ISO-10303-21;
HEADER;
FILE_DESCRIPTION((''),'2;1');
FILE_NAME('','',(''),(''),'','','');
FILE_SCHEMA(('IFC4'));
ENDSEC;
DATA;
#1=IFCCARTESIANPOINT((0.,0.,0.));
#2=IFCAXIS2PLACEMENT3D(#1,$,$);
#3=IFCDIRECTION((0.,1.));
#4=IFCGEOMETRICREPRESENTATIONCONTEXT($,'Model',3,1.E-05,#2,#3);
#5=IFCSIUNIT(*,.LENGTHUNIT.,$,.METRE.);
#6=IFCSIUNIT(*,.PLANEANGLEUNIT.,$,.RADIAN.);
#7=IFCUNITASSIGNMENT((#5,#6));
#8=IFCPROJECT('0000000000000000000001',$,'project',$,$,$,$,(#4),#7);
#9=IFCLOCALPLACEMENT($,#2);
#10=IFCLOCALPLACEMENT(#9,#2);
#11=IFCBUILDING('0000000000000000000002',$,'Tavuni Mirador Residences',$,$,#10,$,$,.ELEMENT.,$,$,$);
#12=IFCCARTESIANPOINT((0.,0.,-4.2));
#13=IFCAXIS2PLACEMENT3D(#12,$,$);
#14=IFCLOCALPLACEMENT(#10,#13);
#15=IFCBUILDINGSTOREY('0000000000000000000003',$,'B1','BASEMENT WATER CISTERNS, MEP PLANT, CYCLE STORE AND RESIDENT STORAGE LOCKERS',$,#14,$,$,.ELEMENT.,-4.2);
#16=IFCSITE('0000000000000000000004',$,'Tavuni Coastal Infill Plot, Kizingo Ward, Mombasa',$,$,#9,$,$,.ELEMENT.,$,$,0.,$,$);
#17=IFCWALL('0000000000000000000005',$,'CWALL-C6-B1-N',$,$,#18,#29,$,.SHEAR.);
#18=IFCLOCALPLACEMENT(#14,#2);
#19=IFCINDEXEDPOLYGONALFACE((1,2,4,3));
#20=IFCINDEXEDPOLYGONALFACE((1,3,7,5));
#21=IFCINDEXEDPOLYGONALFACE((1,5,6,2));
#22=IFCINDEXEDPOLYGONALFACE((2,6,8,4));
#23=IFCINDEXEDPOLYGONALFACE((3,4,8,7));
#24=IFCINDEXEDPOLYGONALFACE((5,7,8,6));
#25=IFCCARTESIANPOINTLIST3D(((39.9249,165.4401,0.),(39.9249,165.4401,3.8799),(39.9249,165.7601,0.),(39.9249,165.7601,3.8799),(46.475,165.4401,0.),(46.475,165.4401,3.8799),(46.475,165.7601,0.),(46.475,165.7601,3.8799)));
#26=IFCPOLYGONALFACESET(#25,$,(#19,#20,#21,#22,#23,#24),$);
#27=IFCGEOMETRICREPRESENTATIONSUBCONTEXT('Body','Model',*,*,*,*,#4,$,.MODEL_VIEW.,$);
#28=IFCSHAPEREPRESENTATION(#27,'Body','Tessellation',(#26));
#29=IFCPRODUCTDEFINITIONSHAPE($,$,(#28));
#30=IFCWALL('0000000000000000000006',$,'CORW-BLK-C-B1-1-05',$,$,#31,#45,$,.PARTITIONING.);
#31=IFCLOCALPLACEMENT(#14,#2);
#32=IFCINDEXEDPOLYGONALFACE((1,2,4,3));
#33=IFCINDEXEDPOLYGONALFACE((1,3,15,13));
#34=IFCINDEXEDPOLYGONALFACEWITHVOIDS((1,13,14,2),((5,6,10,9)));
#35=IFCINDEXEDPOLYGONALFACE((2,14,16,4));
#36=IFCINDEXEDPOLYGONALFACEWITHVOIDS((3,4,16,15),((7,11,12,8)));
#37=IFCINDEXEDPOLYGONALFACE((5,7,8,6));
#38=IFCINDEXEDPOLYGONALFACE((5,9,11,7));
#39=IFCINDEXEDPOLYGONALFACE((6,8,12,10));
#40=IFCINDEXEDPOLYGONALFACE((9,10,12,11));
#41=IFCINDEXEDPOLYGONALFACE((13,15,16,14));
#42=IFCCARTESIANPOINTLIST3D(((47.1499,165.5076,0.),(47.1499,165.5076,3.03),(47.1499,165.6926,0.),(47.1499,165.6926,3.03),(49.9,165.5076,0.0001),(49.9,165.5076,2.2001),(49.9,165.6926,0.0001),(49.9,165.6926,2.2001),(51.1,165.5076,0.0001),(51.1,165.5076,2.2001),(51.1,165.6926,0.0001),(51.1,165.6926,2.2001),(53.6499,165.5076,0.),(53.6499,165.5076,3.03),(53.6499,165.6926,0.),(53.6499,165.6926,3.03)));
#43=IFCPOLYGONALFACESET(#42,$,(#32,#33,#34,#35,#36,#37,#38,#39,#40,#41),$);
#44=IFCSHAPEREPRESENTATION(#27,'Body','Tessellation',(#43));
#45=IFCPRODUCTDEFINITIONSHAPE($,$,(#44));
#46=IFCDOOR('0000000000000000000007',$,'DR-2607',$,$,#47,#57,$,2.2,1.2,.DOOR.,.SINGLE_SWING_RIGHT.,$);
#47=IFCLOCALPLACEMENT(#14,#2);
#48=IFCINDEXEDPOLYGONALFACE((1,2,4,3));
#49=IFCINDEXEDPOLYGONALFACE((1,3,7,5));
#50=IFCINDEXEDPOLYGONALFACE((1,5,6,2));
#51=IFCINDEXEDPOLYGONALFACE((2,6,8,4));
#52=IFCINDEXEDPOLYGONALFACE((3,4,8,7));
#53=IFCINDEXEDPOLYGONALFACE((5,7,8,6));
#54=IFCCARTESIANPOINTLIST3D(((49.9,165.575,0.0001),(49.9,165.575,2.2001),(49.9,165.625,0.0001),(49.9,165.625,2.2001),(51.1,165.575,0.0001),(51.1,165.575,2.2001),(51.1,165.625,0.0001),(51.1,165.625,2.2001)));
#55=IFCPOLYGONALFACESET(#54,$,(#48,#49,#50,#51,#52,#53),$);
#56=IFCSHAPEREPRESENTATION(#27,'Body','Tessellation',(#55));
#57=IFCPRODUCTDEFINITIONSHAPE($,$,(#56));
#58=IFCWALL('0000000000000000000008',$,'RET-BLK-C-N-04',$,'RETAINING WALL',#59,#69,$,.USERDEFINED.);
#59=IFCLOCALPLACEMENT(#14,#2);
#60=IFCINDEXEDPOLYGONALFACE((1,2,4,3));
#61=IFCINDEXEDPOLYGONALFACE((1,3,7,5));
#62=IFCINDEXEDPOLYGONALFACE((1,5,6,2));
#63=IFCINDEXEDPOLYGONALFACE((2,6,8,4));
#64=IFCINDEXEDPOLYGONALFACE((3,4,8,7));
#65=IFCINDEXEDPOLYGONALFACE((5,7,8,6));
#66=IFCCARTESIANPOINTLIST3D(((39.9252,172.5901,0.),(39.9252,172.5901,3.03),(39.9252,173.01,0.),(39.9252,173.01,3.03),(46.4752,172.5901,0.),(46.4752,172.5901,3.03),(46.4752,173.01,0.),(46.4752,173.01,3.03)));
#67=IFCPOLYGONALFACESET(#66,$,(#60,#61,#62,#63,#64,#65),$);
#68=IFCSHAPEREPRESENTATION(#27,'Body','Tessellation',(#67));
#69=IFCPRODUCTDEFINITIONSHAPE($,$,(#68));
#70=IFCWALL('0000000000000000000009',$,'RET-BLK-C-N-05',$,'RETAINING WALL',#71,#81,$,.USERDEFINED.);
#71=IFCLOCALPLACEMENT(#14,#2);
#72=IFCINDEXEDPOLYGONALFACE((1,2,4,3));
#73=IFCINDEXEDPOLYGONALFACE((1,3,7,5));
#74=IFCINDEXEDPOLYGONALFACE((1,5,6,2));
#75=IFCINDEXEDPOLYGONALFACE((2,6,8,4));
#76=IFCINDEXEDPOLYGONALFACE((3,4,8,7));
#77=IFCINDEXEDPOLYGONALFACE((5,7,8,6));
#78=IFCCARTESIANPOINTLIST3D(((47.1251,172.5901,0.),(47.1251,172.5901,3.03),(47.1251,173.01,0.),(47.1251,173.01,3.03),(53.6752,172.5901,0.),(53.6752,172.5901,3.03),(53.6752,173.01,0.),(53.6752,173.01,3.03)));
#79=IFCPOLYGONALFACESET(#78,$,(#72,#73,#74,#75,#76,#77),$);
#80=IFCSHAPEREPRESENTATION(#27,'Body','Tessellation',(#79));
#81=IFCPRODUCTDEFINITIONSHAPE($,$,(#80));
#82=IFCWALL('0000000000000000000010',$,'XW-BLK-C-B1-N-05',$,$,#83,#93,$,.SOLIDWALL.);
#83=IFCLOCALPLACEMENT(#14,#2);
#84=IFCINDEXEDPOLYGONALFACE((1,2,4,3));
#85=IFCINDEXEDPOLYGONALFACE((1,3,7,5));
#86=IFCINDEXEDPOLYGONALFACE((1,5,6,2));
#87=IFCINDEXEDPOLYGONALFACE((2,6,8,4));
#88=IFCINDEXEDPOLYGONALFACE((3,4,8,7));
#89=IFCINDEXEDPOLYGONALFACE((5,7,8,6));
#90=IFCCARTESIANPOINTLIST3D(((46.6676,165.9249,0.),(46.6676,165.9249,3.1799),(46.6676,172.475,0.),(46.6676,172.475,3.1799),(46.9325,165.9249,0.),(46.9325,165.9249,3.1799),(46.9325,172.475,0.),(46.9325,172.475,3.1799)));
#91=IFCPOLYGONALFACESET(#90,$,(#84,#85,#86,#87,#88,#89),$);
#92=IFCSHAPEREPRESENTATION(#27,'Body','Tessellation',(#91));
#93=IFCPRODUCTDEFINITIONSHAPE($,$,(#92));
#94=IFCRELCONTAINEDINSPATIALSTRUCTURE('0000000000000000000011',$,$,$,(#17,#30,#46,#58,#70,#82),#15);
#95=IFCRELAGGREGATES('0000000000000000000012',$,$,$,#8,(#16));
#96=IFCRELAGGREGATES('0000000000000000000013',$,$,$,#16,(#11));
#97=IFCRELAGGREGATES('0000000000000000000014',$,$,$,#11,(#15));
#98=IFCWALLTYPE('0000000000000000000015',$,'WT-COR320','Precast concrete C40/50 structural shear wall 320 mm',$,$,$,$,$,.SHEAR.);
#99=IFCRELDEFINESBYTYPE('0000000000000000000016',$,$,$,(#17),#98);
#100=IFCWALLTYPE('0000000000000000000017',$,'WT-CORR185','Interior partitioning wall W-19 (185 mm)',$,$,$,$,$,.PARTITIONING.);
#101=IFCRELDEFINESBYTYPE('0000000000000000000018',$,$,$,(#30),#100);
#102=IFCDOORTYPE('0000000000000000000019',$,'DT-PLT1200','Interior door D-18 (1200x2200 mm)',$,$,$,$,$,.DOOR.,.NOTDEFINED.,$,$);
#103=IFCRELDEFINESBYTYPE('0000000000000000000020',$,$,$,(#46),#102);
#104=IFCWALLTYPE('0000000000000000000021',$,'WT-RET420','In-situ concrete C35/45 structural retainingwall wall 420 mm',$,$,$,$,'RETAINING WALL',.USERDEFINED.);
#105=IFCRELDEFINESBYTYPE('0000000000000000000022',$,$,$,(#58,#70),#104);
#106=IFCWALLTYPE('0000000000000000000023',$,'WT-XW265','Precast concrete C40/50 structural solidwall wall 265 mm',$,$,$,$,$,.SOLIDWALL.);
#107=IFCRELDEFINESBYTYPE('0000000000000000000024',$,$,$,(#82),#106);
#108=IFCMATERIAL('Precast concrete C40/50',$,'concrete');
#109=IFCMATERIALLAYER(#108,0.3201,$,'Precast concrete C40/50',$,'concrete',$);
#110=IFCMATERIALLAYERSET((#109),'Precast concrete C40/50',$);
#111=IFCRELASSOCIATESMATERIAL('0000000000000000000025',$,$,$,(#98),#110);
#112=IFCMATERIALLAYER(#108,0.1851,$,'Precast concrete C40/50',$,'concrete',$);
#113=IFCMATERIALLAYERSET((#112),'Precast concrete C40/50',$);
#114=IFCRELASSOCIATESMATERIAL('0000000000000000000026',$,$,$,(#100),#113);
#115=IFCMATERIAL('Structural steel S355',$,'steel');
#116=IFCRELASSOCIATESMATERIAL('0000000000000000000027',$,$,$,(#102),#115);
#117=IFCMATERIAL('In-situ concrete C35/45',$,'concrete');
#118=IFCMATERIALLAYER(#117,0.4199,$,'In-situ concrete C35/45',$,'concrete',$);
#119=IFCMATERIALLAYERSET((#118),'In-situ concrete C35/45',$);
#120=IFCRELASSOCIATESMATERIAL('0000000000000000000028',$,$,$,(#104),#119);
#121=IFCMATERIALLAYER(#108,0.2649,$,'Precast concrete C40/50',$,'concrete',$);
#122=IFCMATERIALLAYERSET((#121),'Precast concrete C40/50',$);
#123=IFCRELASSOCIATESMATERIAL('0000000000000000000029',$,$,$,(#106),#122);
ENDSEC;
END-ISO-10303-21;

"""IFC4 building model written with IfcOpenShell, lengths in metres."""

from ifc_helpers import new_model, si_unit, direction, frame, frame_2d, origin, place, context, subcontext, project, spatial, rectangle, extrude, material, layer, layer_set, type_object, element, fill, save


model = new_model("IFC4")

# Units and contexts
model_context = context("Model", 3, precision=1e-05, world=origin(), true_north=direction((0.0, 1.0)))
body_context = subcontext(model_context, "Body", "Model", "MODEL_VIEW")
ifc_project = project(units=[si_unit("LENGTHUNIT", "METRE"), si_unit("PLANEANGLEUNIT", "RADIAN")], contexts=[model_context])

# Site, building, storey
site_placement = place(None, origin())
site = spatial("IfcSite", under=ifc_project, at=site_placement, Name="Tavuni Coastal Infill Plot, Kizingo Ward, Mombasa", CompositionType="ELEMENT", RefElevation=0.0)
building_placement = place(site_placement, origin())
building = spatial("IfcBuilding", under=site, at=building_placement, Name="Tavuni Mirador Residences", CompositionType="ELEMENT")
storey_placement = place(building_placement, frame((0.0, 0.0, -4.2)))
storey = spatial("IfcBuildingStorey", under=building, at=storey_placement, Name="B1", Description="BASEMENT WATER CISTERNS, MEP PLANT, CYCLE STORE AND RESIDENT STORAGE LOCKERS", CompositionType="ELEMENT", Elevation=-4.2)

# Shared definitions
ifc_material_1 = material(Name="In-situ concrete C35/45", Category="concrete")

# Shared definitions
ifc_material_2 = material(Name="Precast concrete C40/50", Category="concrete")

# Wall
ifc_layer_1 = layer(ifc_material_2, 0.3201, Name="Precast concrete C40/50", Category="concrete")
ifc_layer_set_1 = layer_set([ifc_layer_1], Name="Precast concrete C40/50")
wall_type_1 = type_object("IfcWallType", Name="WT-COR320", Description="Precast concrete C40/50 structural shear wall 320 mm", PredefinedType="SHEAR", material=ifc_layer_set_1)
wall_1_placement = place(storey_placement, frame((39.925, 165.6001, 0.0), z_axis=(0.0, 0.0, 1.0), x_axis=(1.0, 0.0, 0.0)))
element("IfcWall", 1, at=wall_1_placement, inside=storey, type_object=wall_type_1, Name="CWALL-C6-B1-N", PredefinedType="SHEAR", context=body_context, shape_type="SweptSolid", body=[
    extrude(rectangle(XDim=6.55, YDim=0.3201, at=frame_2d((3.2749, 0.0))), origin(), (0.0, 0.0, 1.0), 3.8799),
])

# Wall, opening, door
ifc_layer_2 = layer(ifc_material_2, 0.1851, Name="Precast concrete C40/50", Category="concrete")
ifc_layer_set_2 = layer_set([ifc_layer_2], Name="Precast concrete C40/50")
wall_type_2 = type_object("IfcWallType", Name="WT-CORR185", Description="Interior partitioning wall W-19 (185 mm)", PredefinedType="PARTITIONING", material=ifc_layer_set_2)
wall_2_placement = place(storey_placement, frame((47.1499, 165.6001, 0.0), z_axis=(0.0, 0.0, 1.0), x_axis=(1.0, 0.0, 0.0)))
wall_2 = element("IfcWall", 2, at=wall_2_placement, inside=storey, type_object=wall_type_2, Name="CORW-BLK-C-B1-1-05", PredefinedType="PARTITIONING", context=body_context, shape_type="SweptSolid", body=[
    extrude(rectangle(XDim=6.5, YDim=0.1851, at=frame_2d((3.25, 0.0))), origin(), (0.0, 0.0, 1.0), 3.03),
])
opening_placement = place(wall_2_placement, frame((2.75, 0.0, 0.0)))
opening = element("IfcOpeningElement", 3, at=opening_placement, cuts=wall_2, PredefinedType="OPENING", context=body_context, shape_type="SweptSolid", body=[
    extrude(rectangle(XDim=1.2, YDim=2.2, at=frame_2d((0.6001, 1.1001))), frame((0.0, 0.1025, 0.0), z_axis=(0.0, -1.0, 0.0), x_axis=(1.0, 0.0, 0.0)), (0.0, 0.0, 1.0), 0.2051),
])
ifc_material_3 = material(Name="Structural steel S355", Category="steel")
door_type = type_object("IfcDoorType", Name="DT-PLT1200", Description="Interior door D-18 (1200x2200 mm)", OperationType="NOTDEFINED", PredefinedType="DOOR", material=ifc_material_3)
door_placement = place(opening_placement, origin())
door = element("IfcDoor", 4, at=door_placement, inside=storey, type_object=door_type, Name="DR-2607", OperationType="SINGLE_SWING_RIGHT", OverallHeight=2.2, OverallWidth=1.2, PredefinedType="DOOR", context=body_context, shape_type="SweptSolid", body=[
    extrude(rectangle(XDim=1.2, YDim=2.2, at=frame_2d((0.6001, 1.1001))), frame((0.0, 0.0249, 0.0), z_axis=(0.0, -1.0, 0.0), x_axis=(1.0, 0.0, 0.0)), (0.0, 0.0, 1.0), 0.05),
])
fill(opening, door)

# Walls
ifc_layer_3 = layer(ifc_material_1, 0.4199, Name="In-situ concrete C35/45", Category="concrete")
ifc_layer_set_3 = layer_set([ifc_layer_3], Name="In-situ concrete C35/45")
wall_type_3 = type_object("IfcWallType", Name="WT-RET420", Description="In-situ concrete C35/45 structural retainingwall wall 420 mm", ElementType="RETAINING WALL", PredefinedType="USERDEFINED", material=ifc_layer_set_3)
for number, where, z_axis, x_axis, name in (
    (5, (46.4751, 172.8, 0.0), (0.0, 0.0, 1.0), (-1.0, 0.0, 0.0), "RET-BLK-C-N-04"),
    (6, (53.675, 172.8, 0.0), (0.0, 0.0, 1.0), (-1.0, 0.0, 0.0), "RET-BLK-C-N-05"),
):
    element("IfcWall", number, at=place(storey_placement, frame(where, z_axis=z_axis, x_axis=x_axis)), inside=storey, type_object=wall_type_3, Name=name, ObjectType="RETAINING WALL", PredefinedType="USERDEFINED", context=body_context, shape_type="SweptSolid", body=[
        extrude(rectangle(XDim=6.55, YDim=0.4199, at=frame_2d((3.2749, 0.0))), origin(), (0.0, 0.0, 1.0), 3.03),
    ])
ifc_layer_4 = layer(ifc_material_2, 0.2649, Name="Precast concrete C40/50", Category="concrete")
ifc_layer_set_4 = layer_set([ifc_layer_4], Name="Precast concrete C40/50")
wall_type_4 = type_object("IfcWallType", Name="WT-XW265", Description="Precast concrete C40/50 structural solidwall wall 265 mm", PredefinedType="SOLIDWALL", material=ifc_layer_set_4)
wall_3_placement = place(storey_placement, frame((46.8, 165.925, 0.0), z_axis=(0.0, 0.0, 1.0), x_axis=(0.0, 1.0, 0.0)))
element("IfcWall", 7, at=wall_3_placement, inside=storey, type_object=wall_type_4, Name="XW-BLK-C-B1-N-05", PredefinedType="SOLIDWALL", context=body_context, shape_type="SweptSolid", body=[
    extrude(rectangle(XDim=6.55, YDim=0.2649, at=frame_2d((3.2749, 0.0))), origin(), (0.0, 0.0, 1.0), 3.1799),
])

save(model, "model.ifc")
